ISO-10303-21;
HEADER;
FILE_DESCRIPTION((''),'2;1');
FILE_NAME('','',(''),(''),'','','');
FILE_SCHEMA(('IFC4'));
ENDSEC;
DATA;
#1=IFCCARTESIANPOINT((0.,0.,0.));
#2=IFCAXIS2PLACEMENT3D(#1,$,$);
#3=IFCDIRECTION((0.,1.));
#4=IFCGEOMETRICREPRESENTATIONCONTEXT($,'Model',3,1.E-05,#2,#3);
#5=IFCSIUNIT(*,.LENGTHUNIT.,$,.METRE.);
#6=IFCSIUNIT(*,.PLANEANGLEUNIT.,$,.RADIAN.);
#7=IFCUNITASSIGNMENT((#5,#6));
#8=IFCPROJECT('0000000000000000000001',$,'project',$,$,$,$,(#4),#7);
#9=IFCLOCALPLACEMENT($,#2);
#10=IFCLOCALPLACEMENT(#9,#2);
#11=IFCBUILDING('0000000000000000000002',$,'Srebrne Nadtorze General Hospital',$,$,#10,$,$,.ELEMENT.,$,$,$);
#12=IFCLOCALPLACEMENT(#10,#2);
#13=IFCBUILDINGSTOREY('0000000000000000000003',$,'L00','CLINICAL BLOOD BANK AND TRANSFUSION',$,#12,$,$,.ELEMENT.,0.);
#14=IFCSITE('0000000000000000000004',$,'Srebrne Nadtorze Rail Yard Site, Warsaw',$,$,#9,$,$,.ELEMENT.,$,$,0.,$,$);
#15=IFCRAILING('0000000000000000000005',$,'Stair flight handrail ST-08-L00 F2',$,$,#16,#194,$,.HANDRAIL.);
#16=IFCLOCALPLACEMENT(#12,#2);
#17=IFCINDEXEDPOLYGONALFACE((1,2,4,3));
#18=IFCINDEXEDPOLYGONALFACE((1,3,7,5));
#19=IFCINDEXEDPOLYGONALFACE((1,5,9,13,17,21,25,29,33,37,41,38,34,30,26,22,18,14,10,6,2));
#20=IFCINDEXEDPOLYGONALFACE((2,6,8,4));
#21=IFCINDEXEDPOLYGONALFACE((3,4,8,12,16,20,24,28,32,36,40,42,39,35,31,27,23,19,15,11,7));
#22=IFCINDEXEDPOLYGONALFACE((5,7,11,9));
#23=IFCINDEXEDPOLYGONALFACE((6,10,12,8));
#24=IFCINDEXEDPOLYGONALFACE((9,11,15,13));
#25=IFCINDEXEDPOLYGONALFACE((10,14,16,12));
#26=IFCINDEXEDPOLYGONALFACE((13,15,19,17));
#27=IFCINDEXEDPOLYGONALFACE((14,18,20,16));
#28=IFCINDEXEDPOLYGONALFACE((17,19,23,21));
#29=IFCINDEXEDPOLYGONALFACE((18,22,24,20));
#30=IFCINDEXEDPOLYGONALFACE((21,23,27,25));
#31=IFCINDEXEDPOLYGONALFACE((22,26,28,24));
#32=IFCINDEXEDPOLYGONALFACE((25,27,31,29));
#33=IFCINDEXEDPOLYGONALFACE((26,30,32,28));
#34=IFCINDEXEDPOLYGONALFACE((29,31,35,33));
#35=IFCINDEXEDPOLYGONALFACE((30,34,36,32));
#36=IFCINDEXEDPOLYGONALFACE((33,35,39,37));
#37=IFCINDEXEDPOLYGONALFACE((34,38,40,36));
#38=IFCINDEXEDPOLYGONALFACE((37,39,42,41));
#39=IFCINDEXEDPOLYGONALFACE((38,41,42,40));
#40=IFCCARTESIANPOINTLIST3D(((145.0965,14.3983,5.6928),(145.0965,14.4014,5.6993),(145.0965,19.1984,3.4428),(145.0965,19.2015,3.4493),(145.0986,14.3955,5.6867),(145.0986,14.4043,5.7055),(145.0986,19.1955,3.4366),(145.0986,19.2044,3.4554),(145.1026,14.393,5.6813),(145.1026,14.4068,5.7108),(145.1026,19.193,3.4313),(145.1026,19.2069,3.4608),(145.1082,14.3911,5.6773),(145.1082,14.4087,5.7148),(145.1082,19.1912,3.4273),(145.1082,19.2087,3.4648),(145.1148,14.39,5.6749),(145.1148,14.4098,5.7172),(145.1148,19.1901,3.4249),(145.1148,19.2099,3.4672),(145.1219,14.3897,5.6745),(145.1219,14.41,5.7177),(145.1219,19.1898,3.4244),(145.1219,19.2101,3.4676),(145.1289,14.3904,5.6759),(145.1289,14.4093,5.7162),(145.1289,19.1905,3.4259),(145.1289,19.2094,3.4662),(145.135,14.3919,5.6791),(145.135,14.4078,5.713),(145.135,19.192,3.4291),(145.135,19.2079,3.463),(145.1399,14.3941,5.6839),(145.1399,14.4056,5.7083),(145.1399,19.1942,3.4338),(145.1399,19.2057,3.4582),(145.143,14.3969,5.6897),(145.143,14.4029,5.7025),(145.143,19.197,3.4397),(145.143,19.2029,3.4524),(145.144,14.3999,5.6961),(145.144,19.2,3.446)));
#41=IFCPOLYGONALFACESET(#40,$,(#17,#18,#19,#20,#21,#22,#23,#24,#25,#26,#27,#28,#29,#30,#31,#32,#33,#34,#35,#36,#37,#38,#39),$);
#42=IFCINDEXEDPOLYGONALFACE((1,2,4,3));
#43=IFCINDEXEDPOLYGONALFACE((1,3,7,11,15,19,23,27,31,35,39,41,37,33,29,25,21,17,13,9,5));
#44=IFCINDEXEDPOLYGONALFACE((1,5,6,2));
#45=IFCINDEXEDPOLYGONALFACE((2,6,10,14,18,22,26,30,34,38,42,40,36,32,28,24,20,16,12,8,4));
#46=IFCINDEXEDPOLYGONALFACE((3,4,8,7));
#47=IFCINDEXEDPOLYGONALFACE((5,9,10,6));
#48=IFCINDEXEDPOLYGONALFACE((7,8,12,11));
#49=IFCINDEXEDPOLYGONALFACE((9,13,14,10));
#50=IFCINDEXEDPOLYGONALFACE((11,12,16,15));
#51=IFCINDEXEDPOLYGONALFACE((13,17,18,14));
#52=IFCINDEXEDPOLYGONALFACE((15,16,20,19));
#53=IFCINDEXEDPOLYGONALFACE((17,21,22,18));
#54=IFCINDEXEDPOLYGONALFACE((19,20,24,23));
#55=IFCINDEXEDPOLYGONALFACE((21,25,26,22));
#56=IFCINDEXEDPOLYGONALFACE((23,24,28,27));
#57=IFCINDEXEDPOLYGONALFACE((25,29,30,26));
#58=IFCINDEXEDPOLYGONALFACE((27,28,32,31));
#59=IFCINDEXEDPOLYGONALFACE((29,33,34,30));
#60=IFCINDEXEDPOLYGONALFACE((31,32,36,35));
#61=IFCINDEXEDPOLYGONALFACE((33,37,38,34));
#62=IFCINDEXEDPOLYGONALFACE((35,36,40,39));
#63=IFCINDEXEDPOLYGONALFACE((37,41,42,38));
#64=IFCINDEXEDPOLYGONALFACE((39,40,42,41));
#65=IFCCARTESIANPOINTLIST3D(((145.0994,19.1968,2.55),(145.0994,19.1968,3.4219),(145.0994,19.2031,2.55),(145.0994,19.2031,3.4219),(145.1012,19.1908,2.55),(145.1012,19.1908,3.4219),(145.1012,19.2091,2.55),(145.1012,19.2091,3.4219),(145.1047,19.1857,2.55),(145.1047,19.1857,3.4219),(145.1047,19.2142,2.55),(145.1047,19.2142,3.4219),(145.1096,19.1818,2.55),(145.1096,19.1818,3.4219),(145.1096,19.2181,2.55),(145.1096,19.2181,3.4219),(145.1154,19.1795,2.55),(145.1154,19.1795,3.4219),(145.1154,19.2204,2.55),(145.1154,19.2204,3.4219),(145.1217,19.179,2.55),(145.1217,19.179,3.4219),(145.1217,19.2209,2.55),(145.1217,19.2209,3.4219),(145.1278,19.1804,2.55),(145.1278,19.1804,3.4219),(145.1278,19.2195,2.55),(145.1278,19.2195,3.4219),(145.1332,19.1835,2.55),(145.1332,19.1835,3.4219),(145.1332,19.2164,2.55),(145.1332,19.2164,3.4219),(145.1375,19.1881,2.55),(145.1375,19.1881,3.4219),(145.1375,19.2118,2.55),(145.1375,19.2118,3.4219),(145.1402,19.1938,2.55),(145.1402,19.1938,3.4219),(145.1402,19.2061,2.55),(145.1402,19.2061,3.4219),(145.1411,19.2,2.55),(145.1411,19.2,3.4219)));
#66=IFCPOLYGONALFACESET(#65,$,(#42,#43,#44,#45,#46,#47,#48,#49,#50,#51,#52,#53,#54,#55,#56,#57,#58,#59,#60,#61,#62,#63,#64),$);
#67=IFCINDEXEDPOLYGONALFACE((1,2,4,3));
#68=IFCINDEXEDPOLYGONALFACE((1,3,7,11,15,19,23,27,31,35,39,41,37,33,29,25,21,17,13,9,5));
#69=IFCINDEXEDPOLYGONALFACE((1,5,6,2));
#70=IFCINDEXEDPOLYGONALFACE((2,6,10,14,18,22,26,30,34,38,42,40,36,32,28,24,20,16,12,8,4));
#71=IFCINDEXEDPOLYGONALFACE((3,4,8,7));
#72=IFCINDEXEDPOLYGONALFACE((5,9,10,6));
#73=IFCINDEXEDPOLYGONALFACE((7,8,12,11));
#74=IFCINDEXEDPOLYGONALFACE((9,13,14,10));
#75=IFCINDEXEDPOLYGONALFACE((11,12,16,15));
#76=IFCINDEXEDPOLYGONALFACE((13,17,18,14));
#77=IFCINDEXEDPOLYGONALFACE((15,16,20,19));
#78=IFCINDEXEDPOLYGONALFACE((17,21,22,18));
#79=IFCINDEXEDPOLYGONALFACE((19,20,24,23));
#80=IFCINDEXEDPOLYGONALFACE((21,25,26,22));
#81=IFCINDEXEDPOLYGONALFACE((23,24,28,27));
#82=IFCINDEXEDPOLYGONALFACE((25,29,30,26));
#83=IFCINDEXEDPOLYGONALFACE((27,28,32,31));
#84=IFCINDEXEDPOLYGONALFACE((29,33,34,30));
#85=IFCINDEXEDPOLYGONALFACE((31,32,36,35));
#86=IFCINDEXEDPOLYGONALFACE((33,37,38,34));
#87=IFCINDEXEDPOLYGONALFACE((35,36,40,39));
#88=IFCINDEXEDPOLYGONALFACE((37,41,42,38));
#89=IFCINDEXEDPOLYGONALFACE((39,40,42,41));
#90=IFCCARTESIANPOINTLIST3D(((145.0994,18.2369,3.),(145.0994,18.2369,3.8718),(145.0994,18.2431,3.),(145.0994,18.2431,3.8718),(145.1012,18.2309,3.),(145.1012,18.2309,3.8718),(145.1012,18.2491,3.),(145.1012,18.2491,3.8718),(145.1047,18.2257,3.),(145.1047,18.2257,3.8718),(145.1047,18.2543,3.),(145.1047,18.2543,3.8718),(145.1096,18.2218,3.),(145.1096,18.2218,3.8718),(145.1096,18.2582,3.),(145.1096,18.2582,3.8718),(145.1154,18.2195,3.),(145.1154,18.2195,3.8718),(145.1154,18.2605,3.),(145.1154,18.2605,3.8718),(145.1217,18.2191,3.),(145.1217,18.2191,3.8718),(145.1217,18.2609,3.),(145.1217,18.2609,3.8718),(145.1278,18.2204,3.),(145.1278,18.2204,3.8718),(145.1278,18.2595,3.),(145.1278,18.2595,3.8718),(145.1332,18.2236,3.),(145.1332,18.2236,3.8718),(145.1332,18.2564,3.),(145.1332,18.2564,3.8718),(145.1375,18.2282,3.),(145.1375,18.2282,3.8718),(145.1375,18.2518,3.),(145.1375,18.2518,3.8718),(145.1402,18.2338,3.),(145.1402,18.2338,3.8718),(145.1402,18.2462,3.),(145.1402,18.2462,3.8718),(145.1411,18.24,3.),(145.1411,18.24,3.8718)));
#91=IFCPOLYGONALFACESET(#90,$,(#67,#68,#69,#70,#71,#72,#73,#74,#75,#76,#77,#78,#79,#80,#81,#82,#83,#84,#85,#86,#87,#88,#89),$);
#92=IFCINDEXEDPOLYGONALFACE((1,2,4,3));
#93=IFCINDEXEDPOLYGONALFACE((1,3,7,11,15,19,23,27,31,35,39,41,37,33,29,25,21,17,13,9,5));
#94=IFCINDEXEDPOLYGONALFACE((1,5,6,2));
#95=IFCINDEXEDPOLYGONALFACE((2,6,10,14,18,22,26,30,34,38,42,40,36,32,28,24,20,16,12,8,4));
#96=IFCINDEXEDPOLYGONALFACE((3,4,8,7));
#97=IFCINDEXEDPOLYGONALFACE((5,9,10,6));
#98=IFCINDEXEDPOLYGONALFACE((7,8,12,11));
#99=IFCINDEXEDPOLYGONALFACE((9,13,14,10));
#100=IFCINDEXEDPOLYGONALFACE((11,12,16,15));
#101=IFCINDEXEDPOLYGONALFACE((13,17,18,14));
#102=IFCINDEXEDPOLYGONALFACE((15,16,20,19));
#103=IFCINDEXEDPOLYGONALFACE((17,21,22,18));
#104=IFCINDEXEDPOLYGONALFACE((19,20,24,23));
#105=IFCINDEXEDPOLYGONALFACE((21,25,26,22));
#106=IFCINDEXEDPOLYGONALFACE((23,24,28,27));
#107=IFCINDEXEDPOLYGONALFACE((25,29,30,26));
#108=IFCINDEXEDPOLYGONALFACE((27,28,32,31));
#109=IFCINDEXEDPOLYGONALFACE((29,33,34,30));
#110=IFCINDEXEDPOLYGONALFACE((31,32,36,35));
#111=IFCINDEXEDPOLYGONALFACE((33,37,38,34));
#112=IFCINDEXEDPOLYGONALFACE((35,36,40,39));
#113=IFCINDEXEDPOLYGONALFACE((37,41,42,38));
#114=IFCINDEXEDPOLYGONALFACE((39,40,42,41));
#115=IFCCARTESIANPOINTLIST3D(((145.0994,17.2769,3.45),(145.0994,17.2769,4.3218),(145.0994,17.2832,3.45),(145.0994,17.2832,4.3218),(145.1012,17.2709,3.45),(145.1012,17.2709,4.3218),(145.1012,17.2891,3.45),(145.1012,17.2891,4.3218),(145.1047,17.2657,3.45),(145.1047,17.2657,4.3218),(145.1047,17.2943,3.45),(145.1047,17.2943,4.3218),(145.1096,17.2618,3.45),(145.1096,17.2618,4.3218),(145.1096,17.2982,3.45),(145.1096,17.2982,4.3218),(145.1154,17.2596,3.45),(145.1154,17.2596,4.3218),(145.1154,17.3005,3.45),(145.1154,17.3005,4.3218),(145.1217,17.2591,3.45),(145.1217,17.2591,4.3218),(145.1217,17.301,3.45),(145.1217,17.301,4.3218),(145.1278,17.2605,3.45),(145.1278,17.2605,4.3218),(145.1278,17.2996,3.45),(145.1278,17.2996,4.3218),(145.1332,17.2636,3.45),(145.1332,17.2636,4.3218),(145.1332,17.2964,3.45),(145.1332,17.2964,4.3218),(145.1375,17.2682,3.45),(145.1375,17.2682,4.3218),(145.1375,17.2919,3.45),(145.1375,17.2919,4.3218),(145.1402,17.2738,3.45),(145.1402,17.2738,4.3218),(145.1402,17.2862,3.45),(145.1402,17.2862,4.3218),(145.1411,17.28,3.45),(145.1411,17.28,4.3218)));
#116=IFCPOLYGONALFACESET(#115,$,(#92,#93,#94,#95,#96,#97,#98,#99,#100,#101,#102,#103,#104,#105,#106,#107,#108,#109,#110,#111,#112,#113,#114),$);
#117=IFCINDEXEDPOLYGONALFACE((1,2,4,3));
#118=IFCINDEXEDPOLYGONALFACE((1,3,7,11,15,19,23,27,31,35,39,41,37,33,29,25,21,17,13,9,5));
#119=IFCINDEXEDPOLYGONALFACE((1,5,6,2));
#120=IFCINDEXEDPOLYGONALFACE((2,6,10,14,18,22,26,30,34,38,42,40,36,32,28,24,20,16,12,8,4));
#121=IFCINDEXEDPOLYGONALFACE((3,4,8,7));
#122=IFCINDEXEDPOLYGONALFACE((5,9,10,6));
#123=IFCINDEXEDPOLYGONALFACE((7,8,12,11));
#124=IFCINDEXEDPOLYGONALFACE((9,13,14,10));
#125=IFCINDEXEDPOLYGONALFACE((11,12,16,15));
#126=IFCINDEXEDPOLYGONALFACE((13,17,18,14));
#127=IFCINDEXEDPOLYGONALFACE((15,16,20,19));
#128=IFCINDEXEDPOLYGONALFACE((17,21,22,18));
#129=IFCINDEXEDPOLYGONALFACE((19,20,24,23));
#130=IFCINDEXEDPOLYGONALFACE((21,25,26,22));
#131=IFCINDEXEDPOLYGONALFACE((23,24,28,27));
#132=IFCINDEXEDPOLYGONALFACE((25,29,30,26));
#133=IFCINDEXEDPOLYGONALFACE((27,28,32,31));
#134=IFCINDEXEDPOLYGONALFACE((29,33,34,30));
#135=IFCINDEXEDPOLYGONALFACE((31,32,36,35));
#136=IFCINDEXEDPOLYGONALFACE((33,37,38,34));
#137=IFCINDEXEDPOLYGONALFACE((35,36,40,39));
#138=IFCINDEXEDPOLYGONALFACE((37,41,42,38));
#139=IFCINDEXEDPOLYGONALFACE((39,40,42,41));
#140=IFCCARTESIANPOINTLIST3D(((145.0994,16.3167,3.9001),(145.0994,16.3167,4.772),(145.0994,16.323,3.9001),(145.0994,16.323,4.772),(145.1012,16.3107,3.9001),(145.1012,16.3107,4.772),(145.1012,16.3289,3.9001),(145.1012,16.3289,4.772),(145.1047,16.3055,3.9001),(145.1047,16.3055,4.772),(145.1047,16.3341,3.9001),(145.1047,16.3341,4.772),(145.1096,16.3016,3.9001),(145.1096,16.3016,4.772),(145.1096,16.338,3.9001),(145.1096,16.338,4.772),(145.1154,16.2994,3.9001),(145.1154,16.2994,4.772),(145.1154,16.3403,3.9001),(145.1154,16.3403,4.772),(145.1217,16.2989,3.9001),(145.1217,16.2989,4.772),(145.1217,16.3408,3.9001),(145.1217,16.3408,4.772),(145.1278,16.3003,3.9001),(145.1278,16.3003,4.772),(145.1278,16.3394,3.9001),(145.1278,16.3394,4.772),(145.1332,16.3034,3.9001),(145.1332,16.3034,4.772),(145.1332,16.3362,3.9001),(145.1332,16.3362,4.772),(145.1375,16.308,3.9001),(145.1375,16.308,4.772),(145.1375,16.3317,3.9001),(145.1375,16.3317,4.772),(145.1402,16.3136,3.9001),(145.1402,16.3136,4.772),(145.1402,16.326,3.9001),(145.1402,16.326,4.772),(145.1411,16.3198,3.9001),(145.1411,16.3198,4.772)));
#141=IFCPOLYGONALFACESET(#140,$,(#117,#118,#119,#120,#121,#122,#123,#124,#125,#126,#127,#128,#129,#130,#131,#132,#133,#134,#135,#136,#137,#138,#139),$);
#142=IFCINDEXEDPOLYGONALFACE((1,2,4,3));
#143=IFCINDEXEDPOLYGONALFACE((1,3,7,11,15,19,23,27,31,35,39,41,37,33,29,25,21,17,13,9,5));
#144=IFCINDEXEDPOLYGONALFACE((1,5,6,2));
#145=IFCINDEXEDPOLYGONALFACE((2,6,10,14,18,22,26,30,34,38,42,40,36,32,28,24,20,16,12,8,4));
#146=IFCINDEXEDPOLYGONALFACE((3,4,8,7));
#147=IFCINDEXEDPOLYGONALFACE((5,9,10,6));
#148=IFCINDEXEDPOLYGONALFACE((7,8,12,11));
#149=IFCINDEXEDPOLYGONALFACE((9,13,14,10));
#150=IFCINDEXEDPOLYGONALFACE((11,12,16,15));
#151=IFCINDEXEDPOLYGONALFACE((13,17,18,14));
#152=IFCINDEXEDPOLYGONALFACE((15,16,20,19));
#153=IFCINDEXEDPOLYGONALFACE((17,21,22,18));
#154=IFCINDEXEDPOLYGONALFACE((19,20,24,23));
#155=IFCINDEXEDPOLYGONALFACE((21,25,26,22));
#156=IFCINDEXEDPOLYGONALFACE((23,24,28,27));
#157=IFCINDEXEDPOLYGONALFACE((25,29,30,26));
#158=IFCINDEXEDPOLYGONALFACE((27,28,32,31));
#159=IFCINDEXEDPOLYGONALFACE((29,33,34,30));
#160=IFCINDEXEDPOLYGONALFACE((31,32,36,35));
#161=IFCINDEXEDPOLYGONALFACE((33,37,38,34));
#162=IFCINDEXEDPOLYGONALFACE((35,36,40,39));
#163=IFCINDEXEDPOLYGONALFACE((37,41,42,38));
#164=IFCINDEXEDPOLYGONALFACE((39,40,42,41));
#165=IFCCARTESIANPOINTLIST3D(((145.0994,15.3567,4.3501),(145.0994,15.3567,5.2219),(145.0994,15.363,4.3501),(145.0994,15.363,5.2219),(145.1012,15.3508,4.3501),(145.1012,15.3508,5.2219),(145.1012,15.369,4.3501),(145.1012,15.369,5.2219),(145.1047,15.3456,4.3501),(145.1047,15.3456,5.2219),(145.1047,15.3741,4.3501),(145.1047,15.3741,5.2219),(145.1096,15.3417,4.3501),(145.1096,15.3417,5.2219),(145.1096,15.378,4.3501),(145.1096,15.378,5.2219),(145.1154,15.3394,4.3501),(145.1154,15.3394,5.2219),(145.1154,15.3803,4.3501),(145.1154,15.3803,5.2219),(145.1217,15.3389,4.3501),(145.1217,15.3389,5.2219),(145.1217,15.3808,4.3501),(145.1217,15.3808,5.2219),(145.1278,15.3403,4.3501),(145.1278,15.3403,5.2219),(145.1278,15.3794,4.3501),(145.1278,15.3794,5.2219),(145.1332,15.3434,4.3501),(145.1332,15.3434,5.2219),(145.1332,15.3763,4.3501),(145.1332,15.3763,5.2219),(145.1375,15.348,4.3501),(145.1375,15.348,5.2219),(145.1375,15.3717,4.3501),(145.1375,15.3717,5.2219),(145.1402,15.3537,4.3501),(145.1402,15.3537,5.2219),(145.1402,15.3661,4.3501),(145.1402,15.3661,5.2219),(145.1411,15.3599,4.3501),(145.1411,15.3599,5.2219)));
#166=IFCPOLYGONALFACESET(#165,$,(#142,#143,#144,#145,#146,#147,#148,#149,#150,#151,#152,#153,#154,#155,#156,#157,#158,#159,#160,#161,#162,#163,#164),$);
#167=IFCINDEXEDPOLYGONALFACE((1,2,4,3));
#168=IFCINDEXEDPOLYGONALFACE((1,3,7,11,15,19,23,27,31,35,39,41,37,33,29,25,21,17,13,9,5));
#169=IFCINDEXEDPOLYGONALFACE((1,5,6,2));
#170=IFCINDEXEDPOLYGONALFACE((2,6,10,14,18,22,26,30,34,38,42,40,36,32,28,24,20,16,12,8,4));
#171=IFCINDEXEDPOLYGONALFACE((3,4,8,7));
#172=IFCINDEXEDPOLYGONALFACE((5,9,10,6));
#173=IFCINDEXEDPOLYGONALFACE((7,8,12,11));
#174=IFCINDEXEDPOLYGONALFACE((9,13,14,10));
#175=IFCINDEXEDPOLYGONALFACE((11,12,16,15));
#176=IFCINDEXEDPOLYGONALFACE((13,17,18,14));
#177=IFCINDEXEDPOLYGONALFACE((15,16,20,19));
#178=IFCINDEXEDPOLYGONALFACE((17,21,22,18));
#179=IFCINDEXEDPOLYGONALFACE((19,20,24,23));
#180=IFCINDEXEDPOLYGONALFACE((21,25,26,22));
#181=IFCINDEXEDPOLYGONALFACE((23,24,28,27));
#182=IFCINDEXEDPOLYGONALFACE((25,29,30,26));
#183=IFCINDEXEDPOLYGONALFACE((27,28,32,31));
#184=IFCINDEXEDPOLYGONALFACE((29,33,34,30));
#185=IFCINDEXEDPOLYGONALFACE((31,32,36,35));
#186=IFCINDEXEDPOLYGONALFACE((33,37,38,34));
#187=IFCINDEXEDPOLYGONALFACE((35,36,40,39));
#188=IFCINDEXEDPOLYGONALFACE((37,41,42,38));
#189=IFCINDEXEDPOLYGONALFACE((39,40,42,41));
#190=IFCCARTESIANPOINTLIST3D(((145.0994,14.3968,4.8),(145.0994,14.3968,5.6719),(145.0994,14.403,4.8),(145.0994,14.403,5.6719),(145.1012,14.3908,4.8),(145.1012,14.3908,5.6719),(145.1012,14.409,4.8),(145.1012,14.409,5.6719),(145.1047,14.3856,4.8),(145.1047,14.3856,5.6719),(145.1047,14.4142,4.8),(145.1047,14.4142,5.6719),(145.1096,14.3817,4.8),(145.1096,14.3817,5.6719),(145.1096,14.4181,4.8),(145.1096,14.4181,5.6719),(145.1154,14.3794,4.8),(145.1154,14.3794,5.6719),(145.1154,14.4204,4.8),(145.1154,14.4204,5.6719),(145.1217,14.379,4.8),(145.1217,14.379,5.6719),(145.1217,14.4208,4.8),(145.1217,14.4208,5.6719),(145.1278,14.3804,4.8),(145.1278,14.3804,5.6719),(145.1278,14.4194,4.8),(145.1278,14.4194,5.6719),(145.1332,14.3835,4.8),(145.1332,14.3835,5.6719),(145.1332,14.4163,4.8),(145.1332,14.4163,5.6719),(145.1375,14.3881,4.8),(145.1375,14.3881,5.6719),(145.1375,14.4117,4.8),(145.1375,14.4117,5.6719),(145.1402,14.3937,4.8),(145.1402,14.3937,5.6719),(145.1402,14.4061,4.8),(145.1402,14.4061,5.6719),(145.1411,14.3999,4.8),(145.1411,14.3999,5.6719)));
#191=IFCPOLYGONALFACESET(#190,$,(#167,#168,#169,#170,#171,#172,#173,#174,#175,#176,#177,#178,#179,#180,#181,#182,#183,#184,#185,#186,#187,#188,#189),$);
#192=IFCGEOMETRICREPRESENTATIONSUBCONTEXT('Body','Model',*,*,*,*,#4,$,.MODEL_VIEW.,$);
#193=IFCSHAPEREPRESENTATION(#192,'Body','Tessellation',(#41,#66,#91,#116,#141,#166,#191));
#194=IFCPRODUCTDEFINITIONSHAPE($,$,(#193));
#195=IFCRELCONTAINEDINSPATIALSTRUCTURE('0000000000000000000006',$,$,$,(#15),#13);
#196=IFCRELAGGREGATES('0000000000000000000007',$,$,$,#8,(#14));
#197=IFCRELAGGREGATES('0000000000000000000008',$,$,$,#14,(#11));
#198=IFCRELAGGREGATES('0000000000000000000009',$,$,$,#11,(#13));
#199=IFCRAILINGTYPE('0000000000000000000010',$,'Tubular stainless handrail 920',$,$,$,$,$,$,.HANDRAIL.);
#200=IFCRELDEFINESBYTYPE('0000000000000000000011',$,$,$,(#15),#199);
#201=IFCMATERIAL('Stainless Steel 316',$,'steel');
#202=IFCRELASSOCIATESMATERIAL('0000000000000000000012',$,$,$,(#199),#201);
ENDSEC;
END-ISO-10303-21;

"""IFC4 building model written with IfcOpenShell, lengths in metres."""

from ifc_helpers import new_model, si_unit, direction, frame, origin, origin_2d, place, context, subcontext, project, spatial, circle, extrude, material, type_object, element, save


model = new_model("IFC4")

# Units and contexts
model_context = context("Model", 3, precision=1e-05, world=origin(), true_north=direction((0.0, 1.0)))
body_context = subcontext(model_context, "Body", "Model", "MODEL_VIEW")
ifc_project = project(units=[si_unit("LENGTHUNIT", "METRE"), si_unit("PLANEANGLEUNIT", "RADIAN")], contexts=[model_context])

# Site, building, storey
site_placement = place(None, origin())
site = spatial("IfcSite", under=ifc_project, at=site_placement, Name="Srebrne Nadtorze Rail Yard Site, Warsaw", CompositionType="ELEMENT", RefElevation=0.0)
building_placement = place(site_placement, origin())
building = spatial("IfcBuilding", under=site, at=building_placement, Name="Srebrne Nadtorze General Hospital", CompositionType="ELEMENT")
storey_placement = place(building_placement, origin())
storey = spatial("IfcBuildingStorey", under=building, at=storey_placement, Name="L00", Description="CLINICAL BLOOD BANK AND TRANSFUSION", CompositionType="ELEMENT", Elevation=0.0)

# Railing
ifc_material_1 = material(Name="Stainless Steel 316", Category="steel")
railing_type_1 = type_object("IfcRailingType", Name="Tubular stainless handrail 920", PredefinedType="HANDRAIL", material=ifc_material_1)
railing_1_placement = place(storey_placement, frame((145.1201, 19.2, 2.55)))
element("IfcRailing", 1, at=railing_1_placement, inside=storey, type_object=railing_type_1, Name="Stair flight handrail ST-08-L00 F2", PredefinedType="HANDRAIL", context=body_context, shape_type="SweptSolid", body=[
    extrude(circle(Radius=0.0239, at=origin_2d()), frame((0.0, 0.0, 0.896), z_axis=(0.0, -0.905461, 0.42443), x_axis=(1.0, 0.0, 0.0)), (0.0, 0.0, 1.0), 5.3013),
    extrude(circle(Radius=0.021, at=origin_2d()), origin(), (0.0, 0.0, 1.0), 0.8718),
    extrude(circle(Radius=0.021, at=origin_2d()), frame((0.0, -0.96, 0.45)), (0.0, 0.0, 1.0), 0.8718),
    extrude(circle(Radius=0.021, at=origin_2d()), frame((0.0, -1.9199, 0.8999)), (0.0, 0.0, 1.0), 0.8718),
    extrude(circle(Radius=0.021, at=origin_2d()), frame((0.0, -2.8801, 1.3501)), (0.0, 0.0, 1.0), 0.8718),
    extrude(circle(Radius=0.021, at=origin_2d()), frame((0.0, -3.8401, 1.8)), (0.0, 0.0, 1.0), 0.8718),
    extrude(circle(Radius=0.021, at=origin_2d()), frame((0.0, -4.8, 2.25)), (0.0, 0.0, 1.0), 0.8718),
])

save(model, "model.ifc")
